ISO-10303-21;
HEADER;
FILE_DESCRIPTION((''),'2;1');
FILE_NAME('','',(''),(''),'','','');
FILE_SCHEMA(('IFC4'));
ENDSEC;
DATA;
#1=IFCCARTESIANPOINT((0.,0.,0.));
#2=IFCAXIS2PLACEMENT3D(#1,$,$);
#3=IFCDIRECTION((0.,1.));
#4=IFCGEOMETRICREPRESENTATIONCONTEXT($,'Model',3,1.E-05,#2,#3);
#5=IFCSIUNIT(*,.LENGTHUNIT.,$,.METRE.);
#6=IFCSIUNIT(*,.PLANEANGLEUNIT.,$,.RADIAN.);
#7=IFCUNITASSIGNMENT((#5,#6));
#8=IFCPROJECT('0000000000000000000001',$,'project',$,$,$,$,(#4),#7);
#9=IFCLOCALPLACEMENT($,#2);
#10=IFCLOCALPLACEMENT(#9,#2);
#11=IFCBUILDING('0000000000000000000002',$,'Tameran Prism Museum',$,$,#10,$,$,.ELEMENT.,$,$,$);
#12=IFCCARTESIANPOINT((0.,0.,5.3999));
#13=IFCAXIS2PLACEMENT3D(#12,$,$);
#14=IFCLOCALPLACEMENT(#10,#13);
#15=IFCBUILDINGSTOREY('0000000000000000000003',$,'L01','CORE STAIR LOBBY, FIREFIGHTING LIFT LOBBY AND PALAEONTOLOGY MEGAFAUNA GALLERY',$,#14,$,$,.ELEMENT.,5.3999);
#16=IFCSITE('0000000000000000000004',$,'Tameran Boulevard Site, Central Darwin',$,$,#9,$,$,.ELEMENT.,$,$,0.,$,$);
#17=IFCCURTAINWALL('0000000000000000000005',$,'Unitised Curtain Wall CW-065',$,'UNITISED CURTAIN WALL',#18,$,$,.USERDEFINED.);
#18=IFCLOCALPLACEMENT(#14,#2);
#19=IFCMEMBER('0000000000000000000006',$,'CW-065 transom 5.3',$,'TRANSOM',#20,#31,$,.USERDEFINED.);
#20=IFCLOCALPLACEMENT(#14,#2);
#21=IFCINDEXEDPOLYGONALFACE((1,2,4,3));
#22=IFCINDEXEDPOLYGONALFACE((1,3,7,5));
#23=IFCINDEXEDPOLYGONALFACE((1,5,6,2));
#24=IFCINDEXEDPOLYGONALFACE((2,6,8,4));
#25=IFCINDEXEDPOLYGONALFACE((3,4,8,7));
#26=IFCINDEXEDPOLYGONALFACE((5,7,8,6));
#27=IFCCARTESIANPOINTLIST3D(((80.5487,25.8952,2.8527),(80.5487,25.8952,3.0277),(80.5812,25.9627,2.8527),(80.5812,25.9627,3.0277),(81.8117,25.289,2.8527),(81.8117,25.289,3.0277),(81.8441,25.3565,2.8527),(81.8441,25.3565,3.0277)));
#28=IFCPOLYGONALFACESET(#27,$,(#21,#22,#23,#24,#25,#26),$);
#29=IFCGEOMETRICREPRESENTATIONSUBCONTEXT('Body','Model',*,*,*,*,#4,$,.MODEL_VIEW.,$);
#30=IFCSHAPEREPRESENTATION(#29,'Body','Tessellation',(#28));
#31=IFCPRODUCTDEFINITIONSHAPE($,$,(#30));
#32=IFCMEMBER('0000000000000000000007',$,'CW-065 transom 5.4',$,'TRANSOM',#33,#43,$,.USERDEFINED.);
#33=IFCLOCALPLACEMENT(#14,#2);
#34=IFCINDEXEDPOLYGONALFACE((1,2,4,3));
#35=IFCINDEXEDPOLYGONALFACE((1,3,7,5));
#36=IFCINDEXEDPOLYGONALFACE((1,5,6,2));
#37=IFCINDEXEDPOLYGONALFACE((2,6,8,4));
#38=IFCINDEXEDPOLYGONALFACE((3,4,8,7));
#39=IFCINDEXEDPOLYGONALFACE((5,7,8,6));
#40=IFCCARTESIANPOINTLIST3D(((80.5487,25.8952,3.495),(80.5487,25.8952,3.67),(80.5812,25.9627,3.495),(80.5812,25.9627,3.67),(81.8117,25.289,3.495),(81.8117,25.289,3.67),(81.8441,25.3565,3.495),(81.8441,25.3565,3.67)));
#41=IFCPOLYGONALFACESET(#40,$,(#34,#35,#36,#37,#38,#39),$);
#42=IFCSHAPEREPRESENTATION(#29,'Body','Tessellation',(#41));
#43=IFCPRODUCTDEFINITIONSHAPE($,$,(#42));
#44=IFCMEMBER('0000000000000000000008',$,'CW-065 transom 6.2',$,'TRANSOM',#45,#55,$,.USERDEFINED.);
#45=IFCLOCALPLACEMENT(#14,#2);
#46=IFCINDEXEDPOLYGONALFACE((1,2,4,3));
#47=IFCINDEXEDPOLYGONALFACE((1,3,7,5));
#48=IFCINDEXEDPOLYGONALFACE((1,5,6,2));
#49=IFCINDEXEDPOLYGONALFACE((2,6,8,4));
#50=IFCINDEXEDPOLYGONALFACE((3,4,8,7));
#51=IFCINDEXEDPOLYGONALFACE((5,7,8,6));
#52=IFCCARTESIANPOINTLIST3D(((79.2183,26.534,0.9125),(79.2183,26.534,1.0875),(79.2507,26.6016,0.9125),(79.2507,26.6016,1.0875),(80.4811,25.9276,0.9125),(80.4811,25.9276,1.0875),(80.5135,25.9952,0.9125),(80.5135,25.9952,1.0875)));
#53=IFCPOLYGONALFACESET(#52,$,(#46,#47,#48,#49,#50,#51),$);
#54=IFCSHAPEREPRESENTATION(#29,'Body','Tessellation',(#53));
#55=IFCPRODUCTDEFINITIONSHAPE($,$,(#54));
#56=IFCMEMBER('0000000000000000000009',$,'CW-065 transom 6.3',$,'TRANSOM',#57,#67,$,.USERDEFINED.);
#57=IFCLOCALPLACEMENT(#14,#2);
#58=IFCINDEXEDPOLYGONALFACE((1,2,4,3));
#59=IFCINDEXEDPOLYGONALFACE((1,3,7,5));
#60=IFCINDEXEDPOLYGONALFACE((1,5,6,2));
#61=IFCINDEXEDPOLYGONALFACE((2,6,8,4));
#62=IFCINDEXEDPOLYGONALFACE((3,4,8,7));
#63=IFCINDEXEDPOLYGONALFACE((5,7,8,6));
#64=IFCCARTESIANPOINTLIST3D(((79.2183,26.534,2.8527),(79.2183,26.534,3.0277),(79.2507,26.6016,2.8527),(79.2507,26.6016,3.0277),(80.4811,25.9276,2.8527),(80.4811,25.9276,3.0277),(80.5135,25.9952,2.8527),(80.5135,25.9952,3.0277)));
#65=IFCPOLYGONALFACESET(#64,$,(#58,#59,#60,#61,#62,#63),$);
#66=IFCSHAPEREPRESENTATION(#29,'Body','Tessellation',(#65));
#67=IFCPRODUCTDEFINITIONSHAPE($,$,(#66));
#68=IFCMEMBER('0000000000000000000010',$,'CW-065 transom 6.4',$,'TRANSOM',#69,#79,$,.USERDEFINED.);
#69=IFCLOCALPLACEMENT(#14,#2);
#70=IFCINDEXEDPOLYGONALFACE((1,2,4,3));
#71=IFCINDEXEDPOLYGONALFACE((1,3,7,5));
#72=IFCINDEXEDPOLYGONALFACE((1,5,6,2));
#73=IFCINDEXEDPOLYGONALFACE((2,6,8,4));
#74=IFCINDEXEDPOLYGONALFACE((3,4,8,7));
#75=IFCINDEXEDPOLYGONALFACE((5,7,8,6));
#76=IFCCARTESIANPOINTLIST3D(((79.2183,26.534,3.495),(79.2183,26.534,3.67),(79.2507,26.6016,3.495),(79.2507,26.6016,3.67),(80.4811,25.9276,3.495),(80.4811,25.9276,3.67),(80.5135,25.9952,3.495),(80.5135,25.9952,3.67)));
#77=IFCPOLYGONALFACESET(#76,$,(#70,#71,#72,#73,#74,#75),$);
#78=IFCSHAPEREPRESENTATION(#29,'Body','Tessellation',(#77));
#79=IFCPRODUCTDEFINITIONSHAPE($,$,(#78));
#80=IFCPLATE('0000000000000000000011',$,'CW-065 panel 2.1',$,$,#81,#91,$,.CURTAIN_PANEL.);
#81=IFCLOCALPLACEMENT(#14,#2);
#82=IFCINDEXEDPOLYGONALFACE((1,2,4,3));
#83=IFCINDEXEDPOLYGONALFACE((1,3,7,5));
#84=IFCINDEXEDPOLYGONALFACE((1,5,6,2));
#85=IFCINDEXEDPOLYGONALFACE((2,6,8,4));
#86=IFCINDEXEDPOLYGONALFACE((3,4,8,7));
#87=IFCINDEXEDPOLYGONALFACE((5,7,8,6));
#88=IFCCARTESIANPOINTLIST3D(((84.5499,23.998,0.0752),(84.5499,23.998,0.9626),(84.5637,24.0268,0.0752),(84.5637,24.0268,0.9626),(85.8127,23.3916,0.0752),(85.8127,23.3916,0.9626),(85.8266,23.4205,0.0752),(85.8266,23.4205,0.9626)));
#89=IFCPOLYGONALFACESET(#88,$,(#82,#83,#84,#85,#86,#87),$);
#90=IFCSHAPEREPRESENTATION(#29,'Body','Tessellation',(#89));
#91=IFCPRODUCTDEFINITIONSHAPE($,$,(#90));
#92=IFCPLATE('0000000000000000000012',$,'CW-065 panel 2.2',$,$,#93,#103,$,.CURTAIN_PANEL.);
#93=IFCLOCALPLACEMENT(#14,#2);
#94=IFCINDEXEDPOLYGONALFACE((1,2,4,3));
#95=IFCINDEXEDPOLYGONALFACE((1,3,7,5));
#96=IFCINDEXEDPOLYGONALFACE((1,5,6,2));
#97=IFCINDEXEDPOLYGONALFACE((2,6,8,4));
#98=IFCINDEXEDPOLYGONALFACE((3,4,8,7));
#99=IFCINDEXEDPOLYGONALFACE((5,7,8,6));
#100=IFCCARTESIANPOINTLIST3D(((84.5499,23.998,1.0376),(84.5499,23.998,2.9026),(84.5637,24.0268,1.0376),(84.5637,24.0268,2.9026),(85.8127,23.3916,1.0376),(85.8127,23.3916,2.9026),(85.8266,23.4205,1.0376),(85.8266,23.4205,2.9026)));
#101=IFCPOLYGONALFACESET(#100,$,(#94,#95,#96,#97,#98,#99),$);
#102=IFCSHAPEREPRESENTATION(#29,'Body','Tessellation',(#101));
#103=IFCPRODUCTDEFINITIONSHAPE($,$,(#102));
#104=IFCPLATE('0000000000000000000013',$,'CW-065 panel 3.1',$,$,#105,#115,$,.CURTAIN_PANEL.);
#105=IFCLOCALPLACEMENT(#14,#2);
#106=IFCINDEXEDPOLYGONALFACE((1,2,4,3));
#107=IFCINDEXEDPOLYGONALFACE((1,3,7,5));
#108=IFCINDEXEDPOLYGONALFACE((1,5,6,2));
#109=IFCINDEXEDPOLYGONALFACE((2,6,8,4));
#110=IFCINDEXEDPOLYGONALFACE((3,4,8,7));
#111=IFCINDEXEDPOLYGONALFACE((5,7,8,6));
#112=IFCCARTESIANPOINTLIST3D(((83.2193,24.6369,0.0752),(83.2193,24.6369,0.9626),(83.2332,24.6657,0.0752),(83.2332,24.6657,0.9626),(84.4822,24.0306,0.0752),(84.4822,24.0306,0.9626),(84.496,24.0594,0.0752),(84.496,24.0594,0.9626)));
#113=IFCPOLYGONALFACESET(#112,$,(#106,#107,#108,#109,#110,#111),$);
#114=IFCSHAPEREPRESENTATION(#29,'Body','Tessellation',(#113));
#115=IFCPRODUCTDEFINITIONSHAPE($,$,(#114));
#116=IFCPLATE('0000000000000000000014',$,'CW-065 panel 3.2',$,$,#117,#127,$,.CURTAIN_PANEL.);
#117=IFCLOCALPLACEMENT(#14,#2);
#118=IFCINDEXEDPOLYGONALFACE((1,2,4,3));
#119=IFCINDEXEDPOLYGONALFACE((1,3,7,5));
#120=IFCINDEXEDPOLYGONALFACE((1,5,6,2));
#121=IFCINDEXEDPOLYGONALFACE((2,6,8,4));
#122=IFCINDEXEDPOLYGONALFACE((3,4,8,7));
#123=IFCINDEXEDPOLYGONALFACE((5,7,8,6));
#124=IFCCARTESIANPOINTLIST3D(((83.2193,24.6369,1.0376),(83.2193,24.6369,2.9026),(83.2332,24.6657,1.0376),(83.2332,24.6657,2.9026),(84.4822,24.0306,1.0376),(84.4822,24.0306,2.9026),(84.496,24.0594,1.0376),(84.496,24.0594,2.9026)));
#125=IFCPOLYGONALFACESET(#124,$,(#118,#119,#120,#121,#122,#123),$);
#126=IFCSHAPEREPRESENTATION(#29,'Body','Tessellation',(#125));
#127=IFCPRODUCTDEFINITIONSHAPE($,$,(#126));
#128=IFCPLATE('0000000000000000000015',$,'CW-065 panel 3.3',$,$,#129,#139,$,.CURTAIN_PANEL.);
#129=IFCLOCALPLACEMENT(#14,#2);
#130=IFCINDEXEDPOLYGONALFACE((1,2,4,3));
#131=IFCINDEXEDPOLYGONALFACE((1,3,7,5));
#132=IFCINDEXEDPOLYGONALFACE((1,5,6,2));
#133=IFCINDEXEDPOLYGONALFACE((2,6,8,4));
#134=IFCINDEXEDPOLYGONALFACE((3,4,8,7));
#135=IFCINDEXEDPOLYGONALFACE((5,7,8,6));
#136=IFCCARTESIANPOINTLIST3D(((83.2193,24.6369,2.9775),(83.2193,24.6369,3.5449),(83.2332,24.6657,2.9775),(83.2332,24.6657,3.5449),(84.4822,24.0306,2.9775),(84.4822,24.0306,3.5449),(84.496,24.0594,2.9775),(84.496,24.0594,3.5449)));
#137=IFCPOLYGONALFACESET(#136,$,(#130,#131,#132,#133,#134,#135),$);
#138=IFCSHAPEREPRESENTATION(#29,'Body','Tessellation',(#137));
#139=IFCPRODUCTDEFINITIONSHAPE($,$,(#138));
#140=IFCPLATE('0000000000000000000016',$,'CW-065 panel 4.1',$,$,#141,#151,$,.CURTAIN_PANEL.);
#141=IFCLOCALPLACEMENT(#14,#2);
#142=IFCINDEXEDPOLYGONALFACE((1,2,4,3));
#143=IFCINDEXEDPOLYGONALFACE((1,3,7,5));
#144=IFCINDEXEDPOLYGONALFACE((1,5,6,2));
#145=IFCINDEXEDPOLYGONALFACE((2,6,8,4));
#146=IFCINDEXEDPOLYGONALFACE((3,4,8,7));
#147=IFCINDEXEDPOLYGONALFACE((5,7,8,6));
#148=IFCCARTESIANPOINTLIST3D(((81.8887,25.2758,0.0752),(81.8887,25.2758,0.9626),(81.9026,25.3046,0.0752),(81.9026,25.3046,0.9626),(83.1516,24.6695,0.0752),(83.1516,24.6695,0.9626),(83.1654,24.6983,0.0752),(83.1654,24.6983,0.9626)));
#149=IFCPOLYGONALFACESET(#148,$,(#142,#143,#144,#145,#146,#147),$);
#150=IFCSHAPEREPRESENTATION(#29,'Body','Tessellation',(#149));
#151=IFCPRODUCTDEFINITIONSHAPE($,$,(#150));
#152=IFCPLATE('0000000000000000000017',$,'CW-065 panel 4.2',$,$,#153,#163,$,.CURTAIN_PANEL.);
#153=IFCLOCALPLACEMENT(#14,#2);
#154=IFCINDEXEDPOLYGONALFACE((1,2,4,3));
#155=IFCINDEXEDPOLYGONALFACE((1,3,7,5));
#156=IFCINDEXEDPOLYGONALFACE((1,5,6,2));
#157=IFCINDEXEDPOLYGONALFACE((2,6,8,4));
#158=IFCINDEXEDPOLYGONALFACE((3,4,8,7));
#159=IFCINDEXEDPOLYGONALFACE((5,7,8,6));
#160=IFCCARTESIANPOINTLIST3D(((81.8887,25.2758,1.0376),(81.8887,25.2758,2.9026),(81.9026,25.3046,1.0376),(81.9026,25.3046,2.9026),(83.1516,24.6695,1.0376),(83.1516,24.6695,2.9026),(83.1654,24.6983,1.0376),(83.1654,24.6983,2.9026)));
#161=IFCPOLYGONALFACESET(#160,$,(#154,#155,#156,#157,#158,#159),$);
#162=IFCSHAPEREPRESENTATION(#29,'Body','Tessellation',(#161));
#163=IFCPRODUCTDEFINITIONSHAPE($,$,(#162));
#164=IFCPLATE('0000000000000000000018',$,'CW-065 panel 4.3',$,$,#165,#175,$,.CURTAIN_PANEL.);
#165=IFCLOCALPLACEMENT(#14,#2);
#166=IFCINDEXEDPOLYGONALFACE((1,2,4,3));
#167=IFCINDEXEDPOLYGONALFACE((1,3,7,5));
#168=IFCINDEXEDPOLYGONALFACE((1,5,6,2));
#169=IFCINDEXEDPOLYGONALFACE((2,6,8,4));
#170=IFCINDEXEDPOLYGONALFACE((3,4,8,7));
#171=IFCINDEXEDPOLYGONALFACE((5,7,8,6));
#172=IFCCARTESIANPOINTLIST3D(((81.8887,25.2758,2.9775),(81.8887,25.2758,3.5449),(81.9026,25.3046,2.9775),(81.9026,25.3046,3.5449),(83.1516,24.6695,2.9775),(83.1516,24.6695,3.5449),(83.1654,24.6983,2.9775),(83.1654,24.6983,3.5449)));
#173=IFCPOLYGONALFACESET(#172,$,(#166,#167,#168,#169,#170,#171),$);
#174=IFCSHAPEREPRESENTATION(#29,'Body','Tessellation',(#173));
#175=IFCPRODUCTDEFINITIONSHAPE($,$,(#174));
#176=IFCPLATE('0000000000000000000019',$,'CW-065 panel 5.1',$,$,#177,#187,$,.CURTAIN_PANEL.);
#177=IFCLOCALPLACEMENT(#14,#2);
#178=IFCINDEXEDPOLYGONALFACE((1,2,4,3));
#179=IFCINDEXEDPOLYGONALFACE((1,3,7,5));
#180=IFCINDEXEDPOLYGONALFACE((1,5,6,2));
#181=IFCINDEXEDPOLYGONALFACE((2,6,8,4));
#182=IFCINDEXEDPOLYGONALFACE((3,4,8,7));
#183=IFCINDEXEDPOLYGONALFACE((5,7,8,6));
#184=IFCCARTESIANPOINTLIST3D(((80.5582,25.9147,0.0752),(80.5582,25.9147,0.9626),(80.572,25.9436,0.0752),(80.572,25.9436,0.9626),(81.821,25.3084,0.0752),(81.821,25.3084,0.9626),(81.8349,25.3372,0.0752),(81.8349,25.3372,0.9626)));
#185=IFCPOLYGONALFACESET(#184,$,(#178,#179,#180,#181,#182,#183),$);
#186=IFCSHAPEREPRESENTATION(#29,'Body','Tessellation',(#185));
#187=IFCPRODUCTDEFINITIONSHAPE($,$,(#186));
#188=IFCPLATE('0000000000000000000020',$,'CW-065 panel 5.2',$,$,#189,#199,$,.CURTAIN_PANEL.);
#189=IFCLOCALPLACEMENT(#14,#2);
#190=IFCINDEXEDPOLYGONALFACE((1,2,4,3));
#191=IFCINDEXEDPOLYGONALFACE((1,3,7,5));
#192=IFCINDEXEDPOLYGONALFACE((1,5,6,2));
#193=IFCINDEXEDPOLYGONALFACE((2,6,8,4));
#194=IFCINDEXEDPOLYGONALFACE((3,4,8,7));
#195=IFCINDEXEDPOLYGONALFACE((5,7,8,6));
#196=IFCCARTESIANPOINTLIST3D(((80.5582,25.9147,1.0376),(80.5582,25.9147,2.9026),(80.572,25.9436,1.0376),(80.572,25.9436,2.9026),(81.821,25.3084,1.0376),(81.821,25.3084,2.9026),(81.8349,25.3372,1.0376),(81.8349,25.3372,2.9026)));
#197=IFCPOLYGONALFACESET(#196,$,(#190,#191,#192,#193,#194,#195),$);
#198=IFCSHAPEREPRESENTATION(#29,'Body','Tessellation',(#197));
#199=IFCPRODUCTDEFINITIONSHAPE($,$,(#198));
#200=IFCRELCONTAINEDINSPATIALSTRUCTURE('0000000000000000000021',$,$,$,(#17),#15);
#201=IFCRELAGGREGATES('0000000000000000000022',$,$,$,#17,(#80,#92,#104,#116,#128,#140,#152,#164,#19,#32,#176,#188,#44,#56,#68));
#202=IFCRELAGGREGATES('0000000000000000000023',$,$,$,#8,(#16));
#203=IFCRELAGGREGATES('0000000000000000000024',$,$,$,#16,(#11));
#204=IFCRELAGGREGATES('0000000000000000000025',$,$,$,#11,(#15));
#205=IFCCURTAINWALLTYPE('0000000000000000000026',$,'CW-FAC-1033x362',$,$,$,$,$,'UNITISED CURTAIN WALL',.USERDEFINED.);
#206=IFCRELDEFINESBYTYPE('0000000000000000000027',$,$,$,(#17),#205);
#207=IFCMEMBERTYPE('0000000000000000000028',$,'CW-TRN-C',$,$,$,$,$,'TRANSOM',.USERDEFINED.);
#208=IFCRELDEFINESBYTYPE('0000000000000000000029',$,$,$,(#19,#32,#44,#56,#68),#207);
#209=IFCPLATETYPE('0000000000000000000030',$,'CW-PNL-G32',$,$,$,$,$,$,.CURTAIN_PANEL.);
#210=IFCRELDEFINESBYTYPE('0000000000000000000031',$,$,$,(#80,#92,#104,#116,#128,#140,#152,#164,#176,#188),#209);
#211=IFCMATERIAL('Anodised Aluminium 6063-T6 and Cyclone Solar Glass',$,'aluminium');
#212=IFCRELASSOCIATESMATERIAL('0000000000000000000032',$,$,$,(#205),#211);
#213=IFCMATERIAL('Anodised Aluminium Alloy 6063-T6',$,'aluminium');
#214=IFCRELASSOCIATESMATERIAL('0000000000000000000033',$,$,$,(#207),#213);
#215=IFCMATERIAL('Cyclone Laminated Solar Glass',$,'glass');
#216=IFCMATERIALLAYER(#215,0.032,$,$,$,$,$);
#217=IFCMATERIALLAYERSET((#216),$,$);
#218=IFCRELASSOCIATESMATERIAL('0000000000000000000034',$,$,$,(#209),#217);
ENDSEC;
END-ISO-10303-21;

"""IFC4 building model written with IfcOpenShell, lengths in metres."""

from ifc_helpers import new_model, si_unit, direction, frame, origin, origin_2d, place, context, subcontext, project, spatial, rectangle, extrude, material, layer, layer_set, material_profile, profile_set, type_object, element, aggregate, save


model = new_model("IFC4")

# Units and contexts
model_context = context("Model", 3, precision=1e-05, world=origin(), true_north=direction((0.0, 1.0)))
body_context = subcontext(model_context, "Body", "Model", "MODEL_VIEW")
ifc_project = project(units=[si_unit("LENGTHUNIT", "METRE"), si_unit("PLANEANGLEUNIT", "RADIAN")], contexts=[model_context])

# Site, building, storey
site_placement = place(None, origin())
site = spatial("IfcSite", under=ifc_project, at=site_placement, Name="Tameran Boulevard Site, Central Darwin", CompositionType="ELEMENT", RefElevation=0.0)
building_placement = place(site_placement, origin())
building = spatial("IfcBuilding", under=site, at=building_placement, Name="Tameran Prism Museum", CompositionType="ELEMENT")
storey_placement = place(building_placement, frame((0.0, 0.0, 5.3999)))
storey = spatial("IfcBuildingStorey", under=building, at=storey_placement, Name="L01", Description="CORE STAIR LOBBY, FIREFIGHTING LIFT LOBBY AND PALAEONTOLOGY MEGAFAUNA GALLERY", CompositionType="ELEMENT", Elevation=5.3999)

# Curtain wall, members, plates
ifc_material_1 = material(Name="Anodised Aluminium 6063-T6 and Cyclone Solar Glass", Category="aluminium")
curtain_wall_type = type_object("IfcCurtainWallType", Name="CW-FAC-1033x362", ElementType="UNITISED CURTAIN WALL", PredefinedType="USERDEFINED", material=ifc_material_1)
curtain_wall_placement = place(storey_placement, origin())
curtain_wall = element("IfcCurtainWall", 1, at=curtain_wall_placement, inside=storey, type_object=curtain_wall_type, Name="Unitised Curtain Wall CW-065", ObjectType="UNITISED CURTAIN WALL", PredefinedType="USERDEFINED")
ifc_material_2 = material(Name="Anodised Aluminium Alloy 6063-T6", Category="aluminium")
ifc_material_profile_1 = material_profile(ifc_material_2, rectangle(XDim=0.075, YDim=0.175, at=origin_2d()))
ifc_profile_set_1 = profile_set([ifc_material_profile_1])
member_type_1 = type_object("IfcMemberType", Name="CW-TRN-C", ElementType="TRANSOM", PredefinedType="USERDEFINED", material=ifc_profile_set_1)
member_1_placement = place(storey_placement, frame((81.8279, 25.3228, 2.9402), z_axis=(-0.901526, 0.432725, 0.0), x_axis=(-0.432725, -0.901526, 0.0)))
member_1 = element("IfcMember", 2, at=member_1_placement, type_object=member_type_1, Name="CW-065 transom 5.3", ObjectType="TRANSOM", PredefinedType="USERDEFINED", context=body_context, shape_type="SweptSolid", body=[
    extrude(rectangle(XDim=0.075, YDim=0.175, at=origin_2d()), origin(), (0.0, 0.0, 1.0), 1.4009),
])
member_2_placement = place(storey_placement, frame((81.8279, 25.3228, 3.5825), z_axis=(-0.901526, 0.432725, 0.0), x_axis=(-0.432725, -0.901526, 0.0)))
member_2 = element("IfcMember", 3, at=member_2_placement, type_object=member_type_1, Name="CW-065 transom 5.4", ObjectType="TRANSOM", PredefinedType="USERDEFINED", context=body_context, shape_type="SweptSolid", body=[
    extrude(rectangle(XDim=0.075, YDim=0.175, at=origin_2d()), origin(), (0.0, 0.0, 1.0), 1.4009),
])
member_3_placement = place(storey_placement, frame((80.4973, 25.9614, 1.0), z_axis=(-0.901458, 0.432867, 0.0), x_axis=(-0.432867, -0.901458, 0.0)))
member_3 = element("IfcMember", 4, at=member_3_placement, type_object=member_type_1, Name="CW-065 transom 6.2", ObjectType="TRANSOM", PredefinedType="USERDEFINED", context=body_context, shape_type="SweptSolid", body=[
    extrude(rectangle(XDim=0.075, YDim=0.175, at=origin_2d()), origin(), (0.0, 0.0, 1.0), 1.4009),
])
member_4_placement = place(storey_placement, frame((80.4973, 25.9614, 2.9402), z_axis=(-0.901458, 0.432867, 0.0), x_axis=(-0.432867, -0.901458, 0.0)))
member_4 = element("IfcMember", 5, at=member_4_placement, type_object=member_type_1, Name="CW-065 transom 6.3", ObjectType="TRANSOM", PredefinedType="USERDEFINED", context=body_context, shape_type="SweptSolid", body=[
    extrude(rectangle(XDim=0.075, YDim=0.175, at=origin_2d()), origin(), (0.0, 0.0, 1.0), 1.4009),
])
member_5_placement = place(storey_placement, frame((80.4973, 25.9614, 3.5825), z_axis=(-0.901458, 0.432867, 0.0), x_axis=(-0.432867, -0.901458, 0.0)))
member_5 = element("IfcMember", 6, at=member_5_placement, type_object=member_type_1, Name="CW-065 transom 6.4", ObjectType="TRANSOM", PredefinedType="USERDEFINED", context=body_context, shape_type="SweptSolid", body=[
    extrude(rectangle(XDim=0.075, YDim=0.175, at=origin_2d()), origin(), (0.0, 0.0, 1.0), 1.4009),
])
ifc_material_3 = material(Name="Cyclone Laminated Solar Glass", Category="glass")
ifc_layer_1 = layer(ifc_material_3, 0.032)
ifc_layer_set_1 = layer_set([ifc_layer_1])
plate_type = type_object("IfcPlateType", Name="CW-PNL-G32", PredefinedType="CURTAIN_PANEL", material=ifc_layer_set_1)
plate_1_placement = place(storey_placement, frame((85.1882, 23.7092, 0.0752), z_axis=(0.0, 0.0, 1.0), x_axis=(-0.901475, 0.432832, 0.0)))
plate_1 = element("IfcPlate", 7, at=plate_1_placement, type_object=plate_type, Name="CW-065 panel 2.1", PredefinedType="CURTAIN_PANEL", context=body_context, shape_type="SweptSolid", body=[
    extrude(rectangle(XDim=1.4009, YDim=0.032, at=origin_2d()), origin(), (0.0, 0.0, 1.0), 0.8875),
])
plate_2_placement = place(storey_placement, frame((85.1882, 23.7092, 1.0376), z_axis=(0.0, 0.0, 1.0), x_axis=(-0.901475, 0.432832, 0.0)))
plate_2 = element("IfcPlate", 8, at=plate_2_placement, type_object=plate_type, Name="CW-065 panel 2.2", PredefinedType="CURTAIN_PANEL", context=body_context, shape_type="SweptSolid", body=[
    extrude(rectangle(XDim=1.4009, YDim=0.032, at=origin_2d()), origin(), (0.0, 0.0, 1.0), 1.865),
])
plate_3_placement = place(storey_placement, frame((83.8577, 24.3481, 0.0752), z_axis=(0.0, 0.0, 1.0), x_axis=(-0.901475, 0.432832, 0.0)))
plate_3 = element("IfcPlate", 9, at=plate_3_placement, type_object=plate_type, Name="CW-065 panel 3.1", PredefinedType="CURTAIN_PANEL", context=body_context, shape_type="SweptSolid", body=[
    extrude(rectangle(XDim=1.4009, YDim=0.032, at=origin_2d()), origin(), (0.0, 0.0, 1.0), 0.8875),
])
plate_4_placement = place(storey_placement, frame((83.8577, 24.3481, 1.0376), z_axis=(0.0, 0.0, 1.0), x_axis=(-0.901475, 0.432832, 0.0)))
plate_4 = element("IfcPlate", 10, at=plate_4_placement, type_object=plate_type, Name="CW-065 panel 3.2", PredefinedType="CURTAIN_PANEL", context=body_context, shape_type="SweptSolid", body=[
    extrude(rectangle(XDim=1.4009, YDim=0.032, at=origin_2d()), origin(), (0.0, 0.0, 1.0), 1.865),
])
plate_5_placement = place(storey_placement, frame((83.8577, 24.3481, 2.9775), z_axis=(0.0, 0.0, 1.0), x_axis=(-0.901475, 0.432832, 0.0)))
plate_5 = element("IfcPlate", 11, at=plate_5_placement, type_object=plate_type, Name="CW-065 panel 3.3", PredefinedType="CURTAIN_PANEL", context=body_context, shape_type="SweptSolid", body=[
    extrude(rectangle(XDim=1.4009, YDim=0.032, at=origin_2d()), origin(), (0.0, 0.0, 1.0), 0.5674),
])
plate_6_placement = place(storey_placement, frame((82.5271, 24.9871, 0.0752), z_axis=(0.0, 0.0, 1.0), x_axis=(-0.901475, 0.432832, 0.0)))
plate_6 = element("IfcPlate", 12, at=plate_6_placement, type_object=plate_type, Name="CW-065 panel 4.1", PredefinedType="CURTAIN_PANEL", context=body_context, shape_type="SweptSolid", body=[
    extrude(rectangle(XDim=1.4009, YDim=0.032, at=origin_2d()), origin(), (0.0, 0.0, 1.0), 0.8875),
])
plate_7_placement = place(storey_placement, frame((82.5271, 24.9871, 1.0376), z_axis=(0.0, 0.0, 1.0), x_axis=(-0.901475, 0.432832, 0.0)))
plate_7 = element("IfcPlate", 13, at=plate_7_placement, type_object=plate_type, Name="CW-065 panel 4.2", PredefinedType="CURTAIN_PANEL", context=body_context, shape_type="SweptSolid", body=[
    extrude(rectangle(XDim=1.4009, YDim=0.032, at=origin_2d()), origin(), (0.0, 0.0, 1.0), 1.865),
])
plate_8_placement = place(storey_placement, frame((82.5271, 24.9871, 2.9775), z_axis=(0.0, 0.0, 1.0), x_axis=(-0.901475, 0.432832, 0.0)))
plate_8 = element("IfcPlate", 14, at=plate_8_placement, type_object=plate_type, Name="CW-065 panel 4.3", PredefinedType="CURTAIN_PANEL", context=body_context, shape_type="SweptSolid", body=[
    extrude(rectangle(XDim=1.4009, YDim=0.032, at=origin_2d()), origin(), (0.0, 0.0, 1.0), 0.5674),
])
plate_9_placement = place(storey_placement, frame((81.1965, 25.626, 0.0752), z_axis=(0.0, 0.0, 1.0), x_axis=(-0.901475, 0.432832, 0.0)))
plate_9 = element("IfcPlate", 15, at=plate_9_placement, type_object=plate_type, Name="CW-065 panel 5.1", PredefinedType="CURTAIN_PANEL", context=body_context, shape_type="SweptSolid", body=[
    extrude(rectangle(XDim=1.4009, YDim=0.032, at=origin_2d()), origin(), (0.0, 0.0, 1.0), 0.8875),
])
plate_10_placement = place(storey_placement, frame((81.1965, 25.626, 1.0376), z_axis=(0.0, 0.0, 1.0), x_axis=(-0.901475, 0.432832, 0.0)))
plate_10 = element("IfcPlate", 16, at=plate_10_placement, type_object=plate_type, Name="CW-065 panel 5.2", PredefinedType="CURTAIN_PANEL", context=body_context, shape_type="SweptSolid", body=[
    extrude(rectangle(XDim=1.4009, YDim=0.032, at=origin_2d()), origin(), (0.0, 0.0, 1.0), 1.865),
])
aggregate(curtain_wall, [plate_1, plate_2, plate_3, plate_4, plate_5, plate_6, plate_7, plate_8, member_1, member_2, plate_9, plate_10, member_3, member_4, member_5])

save(model, "model.ifc")
